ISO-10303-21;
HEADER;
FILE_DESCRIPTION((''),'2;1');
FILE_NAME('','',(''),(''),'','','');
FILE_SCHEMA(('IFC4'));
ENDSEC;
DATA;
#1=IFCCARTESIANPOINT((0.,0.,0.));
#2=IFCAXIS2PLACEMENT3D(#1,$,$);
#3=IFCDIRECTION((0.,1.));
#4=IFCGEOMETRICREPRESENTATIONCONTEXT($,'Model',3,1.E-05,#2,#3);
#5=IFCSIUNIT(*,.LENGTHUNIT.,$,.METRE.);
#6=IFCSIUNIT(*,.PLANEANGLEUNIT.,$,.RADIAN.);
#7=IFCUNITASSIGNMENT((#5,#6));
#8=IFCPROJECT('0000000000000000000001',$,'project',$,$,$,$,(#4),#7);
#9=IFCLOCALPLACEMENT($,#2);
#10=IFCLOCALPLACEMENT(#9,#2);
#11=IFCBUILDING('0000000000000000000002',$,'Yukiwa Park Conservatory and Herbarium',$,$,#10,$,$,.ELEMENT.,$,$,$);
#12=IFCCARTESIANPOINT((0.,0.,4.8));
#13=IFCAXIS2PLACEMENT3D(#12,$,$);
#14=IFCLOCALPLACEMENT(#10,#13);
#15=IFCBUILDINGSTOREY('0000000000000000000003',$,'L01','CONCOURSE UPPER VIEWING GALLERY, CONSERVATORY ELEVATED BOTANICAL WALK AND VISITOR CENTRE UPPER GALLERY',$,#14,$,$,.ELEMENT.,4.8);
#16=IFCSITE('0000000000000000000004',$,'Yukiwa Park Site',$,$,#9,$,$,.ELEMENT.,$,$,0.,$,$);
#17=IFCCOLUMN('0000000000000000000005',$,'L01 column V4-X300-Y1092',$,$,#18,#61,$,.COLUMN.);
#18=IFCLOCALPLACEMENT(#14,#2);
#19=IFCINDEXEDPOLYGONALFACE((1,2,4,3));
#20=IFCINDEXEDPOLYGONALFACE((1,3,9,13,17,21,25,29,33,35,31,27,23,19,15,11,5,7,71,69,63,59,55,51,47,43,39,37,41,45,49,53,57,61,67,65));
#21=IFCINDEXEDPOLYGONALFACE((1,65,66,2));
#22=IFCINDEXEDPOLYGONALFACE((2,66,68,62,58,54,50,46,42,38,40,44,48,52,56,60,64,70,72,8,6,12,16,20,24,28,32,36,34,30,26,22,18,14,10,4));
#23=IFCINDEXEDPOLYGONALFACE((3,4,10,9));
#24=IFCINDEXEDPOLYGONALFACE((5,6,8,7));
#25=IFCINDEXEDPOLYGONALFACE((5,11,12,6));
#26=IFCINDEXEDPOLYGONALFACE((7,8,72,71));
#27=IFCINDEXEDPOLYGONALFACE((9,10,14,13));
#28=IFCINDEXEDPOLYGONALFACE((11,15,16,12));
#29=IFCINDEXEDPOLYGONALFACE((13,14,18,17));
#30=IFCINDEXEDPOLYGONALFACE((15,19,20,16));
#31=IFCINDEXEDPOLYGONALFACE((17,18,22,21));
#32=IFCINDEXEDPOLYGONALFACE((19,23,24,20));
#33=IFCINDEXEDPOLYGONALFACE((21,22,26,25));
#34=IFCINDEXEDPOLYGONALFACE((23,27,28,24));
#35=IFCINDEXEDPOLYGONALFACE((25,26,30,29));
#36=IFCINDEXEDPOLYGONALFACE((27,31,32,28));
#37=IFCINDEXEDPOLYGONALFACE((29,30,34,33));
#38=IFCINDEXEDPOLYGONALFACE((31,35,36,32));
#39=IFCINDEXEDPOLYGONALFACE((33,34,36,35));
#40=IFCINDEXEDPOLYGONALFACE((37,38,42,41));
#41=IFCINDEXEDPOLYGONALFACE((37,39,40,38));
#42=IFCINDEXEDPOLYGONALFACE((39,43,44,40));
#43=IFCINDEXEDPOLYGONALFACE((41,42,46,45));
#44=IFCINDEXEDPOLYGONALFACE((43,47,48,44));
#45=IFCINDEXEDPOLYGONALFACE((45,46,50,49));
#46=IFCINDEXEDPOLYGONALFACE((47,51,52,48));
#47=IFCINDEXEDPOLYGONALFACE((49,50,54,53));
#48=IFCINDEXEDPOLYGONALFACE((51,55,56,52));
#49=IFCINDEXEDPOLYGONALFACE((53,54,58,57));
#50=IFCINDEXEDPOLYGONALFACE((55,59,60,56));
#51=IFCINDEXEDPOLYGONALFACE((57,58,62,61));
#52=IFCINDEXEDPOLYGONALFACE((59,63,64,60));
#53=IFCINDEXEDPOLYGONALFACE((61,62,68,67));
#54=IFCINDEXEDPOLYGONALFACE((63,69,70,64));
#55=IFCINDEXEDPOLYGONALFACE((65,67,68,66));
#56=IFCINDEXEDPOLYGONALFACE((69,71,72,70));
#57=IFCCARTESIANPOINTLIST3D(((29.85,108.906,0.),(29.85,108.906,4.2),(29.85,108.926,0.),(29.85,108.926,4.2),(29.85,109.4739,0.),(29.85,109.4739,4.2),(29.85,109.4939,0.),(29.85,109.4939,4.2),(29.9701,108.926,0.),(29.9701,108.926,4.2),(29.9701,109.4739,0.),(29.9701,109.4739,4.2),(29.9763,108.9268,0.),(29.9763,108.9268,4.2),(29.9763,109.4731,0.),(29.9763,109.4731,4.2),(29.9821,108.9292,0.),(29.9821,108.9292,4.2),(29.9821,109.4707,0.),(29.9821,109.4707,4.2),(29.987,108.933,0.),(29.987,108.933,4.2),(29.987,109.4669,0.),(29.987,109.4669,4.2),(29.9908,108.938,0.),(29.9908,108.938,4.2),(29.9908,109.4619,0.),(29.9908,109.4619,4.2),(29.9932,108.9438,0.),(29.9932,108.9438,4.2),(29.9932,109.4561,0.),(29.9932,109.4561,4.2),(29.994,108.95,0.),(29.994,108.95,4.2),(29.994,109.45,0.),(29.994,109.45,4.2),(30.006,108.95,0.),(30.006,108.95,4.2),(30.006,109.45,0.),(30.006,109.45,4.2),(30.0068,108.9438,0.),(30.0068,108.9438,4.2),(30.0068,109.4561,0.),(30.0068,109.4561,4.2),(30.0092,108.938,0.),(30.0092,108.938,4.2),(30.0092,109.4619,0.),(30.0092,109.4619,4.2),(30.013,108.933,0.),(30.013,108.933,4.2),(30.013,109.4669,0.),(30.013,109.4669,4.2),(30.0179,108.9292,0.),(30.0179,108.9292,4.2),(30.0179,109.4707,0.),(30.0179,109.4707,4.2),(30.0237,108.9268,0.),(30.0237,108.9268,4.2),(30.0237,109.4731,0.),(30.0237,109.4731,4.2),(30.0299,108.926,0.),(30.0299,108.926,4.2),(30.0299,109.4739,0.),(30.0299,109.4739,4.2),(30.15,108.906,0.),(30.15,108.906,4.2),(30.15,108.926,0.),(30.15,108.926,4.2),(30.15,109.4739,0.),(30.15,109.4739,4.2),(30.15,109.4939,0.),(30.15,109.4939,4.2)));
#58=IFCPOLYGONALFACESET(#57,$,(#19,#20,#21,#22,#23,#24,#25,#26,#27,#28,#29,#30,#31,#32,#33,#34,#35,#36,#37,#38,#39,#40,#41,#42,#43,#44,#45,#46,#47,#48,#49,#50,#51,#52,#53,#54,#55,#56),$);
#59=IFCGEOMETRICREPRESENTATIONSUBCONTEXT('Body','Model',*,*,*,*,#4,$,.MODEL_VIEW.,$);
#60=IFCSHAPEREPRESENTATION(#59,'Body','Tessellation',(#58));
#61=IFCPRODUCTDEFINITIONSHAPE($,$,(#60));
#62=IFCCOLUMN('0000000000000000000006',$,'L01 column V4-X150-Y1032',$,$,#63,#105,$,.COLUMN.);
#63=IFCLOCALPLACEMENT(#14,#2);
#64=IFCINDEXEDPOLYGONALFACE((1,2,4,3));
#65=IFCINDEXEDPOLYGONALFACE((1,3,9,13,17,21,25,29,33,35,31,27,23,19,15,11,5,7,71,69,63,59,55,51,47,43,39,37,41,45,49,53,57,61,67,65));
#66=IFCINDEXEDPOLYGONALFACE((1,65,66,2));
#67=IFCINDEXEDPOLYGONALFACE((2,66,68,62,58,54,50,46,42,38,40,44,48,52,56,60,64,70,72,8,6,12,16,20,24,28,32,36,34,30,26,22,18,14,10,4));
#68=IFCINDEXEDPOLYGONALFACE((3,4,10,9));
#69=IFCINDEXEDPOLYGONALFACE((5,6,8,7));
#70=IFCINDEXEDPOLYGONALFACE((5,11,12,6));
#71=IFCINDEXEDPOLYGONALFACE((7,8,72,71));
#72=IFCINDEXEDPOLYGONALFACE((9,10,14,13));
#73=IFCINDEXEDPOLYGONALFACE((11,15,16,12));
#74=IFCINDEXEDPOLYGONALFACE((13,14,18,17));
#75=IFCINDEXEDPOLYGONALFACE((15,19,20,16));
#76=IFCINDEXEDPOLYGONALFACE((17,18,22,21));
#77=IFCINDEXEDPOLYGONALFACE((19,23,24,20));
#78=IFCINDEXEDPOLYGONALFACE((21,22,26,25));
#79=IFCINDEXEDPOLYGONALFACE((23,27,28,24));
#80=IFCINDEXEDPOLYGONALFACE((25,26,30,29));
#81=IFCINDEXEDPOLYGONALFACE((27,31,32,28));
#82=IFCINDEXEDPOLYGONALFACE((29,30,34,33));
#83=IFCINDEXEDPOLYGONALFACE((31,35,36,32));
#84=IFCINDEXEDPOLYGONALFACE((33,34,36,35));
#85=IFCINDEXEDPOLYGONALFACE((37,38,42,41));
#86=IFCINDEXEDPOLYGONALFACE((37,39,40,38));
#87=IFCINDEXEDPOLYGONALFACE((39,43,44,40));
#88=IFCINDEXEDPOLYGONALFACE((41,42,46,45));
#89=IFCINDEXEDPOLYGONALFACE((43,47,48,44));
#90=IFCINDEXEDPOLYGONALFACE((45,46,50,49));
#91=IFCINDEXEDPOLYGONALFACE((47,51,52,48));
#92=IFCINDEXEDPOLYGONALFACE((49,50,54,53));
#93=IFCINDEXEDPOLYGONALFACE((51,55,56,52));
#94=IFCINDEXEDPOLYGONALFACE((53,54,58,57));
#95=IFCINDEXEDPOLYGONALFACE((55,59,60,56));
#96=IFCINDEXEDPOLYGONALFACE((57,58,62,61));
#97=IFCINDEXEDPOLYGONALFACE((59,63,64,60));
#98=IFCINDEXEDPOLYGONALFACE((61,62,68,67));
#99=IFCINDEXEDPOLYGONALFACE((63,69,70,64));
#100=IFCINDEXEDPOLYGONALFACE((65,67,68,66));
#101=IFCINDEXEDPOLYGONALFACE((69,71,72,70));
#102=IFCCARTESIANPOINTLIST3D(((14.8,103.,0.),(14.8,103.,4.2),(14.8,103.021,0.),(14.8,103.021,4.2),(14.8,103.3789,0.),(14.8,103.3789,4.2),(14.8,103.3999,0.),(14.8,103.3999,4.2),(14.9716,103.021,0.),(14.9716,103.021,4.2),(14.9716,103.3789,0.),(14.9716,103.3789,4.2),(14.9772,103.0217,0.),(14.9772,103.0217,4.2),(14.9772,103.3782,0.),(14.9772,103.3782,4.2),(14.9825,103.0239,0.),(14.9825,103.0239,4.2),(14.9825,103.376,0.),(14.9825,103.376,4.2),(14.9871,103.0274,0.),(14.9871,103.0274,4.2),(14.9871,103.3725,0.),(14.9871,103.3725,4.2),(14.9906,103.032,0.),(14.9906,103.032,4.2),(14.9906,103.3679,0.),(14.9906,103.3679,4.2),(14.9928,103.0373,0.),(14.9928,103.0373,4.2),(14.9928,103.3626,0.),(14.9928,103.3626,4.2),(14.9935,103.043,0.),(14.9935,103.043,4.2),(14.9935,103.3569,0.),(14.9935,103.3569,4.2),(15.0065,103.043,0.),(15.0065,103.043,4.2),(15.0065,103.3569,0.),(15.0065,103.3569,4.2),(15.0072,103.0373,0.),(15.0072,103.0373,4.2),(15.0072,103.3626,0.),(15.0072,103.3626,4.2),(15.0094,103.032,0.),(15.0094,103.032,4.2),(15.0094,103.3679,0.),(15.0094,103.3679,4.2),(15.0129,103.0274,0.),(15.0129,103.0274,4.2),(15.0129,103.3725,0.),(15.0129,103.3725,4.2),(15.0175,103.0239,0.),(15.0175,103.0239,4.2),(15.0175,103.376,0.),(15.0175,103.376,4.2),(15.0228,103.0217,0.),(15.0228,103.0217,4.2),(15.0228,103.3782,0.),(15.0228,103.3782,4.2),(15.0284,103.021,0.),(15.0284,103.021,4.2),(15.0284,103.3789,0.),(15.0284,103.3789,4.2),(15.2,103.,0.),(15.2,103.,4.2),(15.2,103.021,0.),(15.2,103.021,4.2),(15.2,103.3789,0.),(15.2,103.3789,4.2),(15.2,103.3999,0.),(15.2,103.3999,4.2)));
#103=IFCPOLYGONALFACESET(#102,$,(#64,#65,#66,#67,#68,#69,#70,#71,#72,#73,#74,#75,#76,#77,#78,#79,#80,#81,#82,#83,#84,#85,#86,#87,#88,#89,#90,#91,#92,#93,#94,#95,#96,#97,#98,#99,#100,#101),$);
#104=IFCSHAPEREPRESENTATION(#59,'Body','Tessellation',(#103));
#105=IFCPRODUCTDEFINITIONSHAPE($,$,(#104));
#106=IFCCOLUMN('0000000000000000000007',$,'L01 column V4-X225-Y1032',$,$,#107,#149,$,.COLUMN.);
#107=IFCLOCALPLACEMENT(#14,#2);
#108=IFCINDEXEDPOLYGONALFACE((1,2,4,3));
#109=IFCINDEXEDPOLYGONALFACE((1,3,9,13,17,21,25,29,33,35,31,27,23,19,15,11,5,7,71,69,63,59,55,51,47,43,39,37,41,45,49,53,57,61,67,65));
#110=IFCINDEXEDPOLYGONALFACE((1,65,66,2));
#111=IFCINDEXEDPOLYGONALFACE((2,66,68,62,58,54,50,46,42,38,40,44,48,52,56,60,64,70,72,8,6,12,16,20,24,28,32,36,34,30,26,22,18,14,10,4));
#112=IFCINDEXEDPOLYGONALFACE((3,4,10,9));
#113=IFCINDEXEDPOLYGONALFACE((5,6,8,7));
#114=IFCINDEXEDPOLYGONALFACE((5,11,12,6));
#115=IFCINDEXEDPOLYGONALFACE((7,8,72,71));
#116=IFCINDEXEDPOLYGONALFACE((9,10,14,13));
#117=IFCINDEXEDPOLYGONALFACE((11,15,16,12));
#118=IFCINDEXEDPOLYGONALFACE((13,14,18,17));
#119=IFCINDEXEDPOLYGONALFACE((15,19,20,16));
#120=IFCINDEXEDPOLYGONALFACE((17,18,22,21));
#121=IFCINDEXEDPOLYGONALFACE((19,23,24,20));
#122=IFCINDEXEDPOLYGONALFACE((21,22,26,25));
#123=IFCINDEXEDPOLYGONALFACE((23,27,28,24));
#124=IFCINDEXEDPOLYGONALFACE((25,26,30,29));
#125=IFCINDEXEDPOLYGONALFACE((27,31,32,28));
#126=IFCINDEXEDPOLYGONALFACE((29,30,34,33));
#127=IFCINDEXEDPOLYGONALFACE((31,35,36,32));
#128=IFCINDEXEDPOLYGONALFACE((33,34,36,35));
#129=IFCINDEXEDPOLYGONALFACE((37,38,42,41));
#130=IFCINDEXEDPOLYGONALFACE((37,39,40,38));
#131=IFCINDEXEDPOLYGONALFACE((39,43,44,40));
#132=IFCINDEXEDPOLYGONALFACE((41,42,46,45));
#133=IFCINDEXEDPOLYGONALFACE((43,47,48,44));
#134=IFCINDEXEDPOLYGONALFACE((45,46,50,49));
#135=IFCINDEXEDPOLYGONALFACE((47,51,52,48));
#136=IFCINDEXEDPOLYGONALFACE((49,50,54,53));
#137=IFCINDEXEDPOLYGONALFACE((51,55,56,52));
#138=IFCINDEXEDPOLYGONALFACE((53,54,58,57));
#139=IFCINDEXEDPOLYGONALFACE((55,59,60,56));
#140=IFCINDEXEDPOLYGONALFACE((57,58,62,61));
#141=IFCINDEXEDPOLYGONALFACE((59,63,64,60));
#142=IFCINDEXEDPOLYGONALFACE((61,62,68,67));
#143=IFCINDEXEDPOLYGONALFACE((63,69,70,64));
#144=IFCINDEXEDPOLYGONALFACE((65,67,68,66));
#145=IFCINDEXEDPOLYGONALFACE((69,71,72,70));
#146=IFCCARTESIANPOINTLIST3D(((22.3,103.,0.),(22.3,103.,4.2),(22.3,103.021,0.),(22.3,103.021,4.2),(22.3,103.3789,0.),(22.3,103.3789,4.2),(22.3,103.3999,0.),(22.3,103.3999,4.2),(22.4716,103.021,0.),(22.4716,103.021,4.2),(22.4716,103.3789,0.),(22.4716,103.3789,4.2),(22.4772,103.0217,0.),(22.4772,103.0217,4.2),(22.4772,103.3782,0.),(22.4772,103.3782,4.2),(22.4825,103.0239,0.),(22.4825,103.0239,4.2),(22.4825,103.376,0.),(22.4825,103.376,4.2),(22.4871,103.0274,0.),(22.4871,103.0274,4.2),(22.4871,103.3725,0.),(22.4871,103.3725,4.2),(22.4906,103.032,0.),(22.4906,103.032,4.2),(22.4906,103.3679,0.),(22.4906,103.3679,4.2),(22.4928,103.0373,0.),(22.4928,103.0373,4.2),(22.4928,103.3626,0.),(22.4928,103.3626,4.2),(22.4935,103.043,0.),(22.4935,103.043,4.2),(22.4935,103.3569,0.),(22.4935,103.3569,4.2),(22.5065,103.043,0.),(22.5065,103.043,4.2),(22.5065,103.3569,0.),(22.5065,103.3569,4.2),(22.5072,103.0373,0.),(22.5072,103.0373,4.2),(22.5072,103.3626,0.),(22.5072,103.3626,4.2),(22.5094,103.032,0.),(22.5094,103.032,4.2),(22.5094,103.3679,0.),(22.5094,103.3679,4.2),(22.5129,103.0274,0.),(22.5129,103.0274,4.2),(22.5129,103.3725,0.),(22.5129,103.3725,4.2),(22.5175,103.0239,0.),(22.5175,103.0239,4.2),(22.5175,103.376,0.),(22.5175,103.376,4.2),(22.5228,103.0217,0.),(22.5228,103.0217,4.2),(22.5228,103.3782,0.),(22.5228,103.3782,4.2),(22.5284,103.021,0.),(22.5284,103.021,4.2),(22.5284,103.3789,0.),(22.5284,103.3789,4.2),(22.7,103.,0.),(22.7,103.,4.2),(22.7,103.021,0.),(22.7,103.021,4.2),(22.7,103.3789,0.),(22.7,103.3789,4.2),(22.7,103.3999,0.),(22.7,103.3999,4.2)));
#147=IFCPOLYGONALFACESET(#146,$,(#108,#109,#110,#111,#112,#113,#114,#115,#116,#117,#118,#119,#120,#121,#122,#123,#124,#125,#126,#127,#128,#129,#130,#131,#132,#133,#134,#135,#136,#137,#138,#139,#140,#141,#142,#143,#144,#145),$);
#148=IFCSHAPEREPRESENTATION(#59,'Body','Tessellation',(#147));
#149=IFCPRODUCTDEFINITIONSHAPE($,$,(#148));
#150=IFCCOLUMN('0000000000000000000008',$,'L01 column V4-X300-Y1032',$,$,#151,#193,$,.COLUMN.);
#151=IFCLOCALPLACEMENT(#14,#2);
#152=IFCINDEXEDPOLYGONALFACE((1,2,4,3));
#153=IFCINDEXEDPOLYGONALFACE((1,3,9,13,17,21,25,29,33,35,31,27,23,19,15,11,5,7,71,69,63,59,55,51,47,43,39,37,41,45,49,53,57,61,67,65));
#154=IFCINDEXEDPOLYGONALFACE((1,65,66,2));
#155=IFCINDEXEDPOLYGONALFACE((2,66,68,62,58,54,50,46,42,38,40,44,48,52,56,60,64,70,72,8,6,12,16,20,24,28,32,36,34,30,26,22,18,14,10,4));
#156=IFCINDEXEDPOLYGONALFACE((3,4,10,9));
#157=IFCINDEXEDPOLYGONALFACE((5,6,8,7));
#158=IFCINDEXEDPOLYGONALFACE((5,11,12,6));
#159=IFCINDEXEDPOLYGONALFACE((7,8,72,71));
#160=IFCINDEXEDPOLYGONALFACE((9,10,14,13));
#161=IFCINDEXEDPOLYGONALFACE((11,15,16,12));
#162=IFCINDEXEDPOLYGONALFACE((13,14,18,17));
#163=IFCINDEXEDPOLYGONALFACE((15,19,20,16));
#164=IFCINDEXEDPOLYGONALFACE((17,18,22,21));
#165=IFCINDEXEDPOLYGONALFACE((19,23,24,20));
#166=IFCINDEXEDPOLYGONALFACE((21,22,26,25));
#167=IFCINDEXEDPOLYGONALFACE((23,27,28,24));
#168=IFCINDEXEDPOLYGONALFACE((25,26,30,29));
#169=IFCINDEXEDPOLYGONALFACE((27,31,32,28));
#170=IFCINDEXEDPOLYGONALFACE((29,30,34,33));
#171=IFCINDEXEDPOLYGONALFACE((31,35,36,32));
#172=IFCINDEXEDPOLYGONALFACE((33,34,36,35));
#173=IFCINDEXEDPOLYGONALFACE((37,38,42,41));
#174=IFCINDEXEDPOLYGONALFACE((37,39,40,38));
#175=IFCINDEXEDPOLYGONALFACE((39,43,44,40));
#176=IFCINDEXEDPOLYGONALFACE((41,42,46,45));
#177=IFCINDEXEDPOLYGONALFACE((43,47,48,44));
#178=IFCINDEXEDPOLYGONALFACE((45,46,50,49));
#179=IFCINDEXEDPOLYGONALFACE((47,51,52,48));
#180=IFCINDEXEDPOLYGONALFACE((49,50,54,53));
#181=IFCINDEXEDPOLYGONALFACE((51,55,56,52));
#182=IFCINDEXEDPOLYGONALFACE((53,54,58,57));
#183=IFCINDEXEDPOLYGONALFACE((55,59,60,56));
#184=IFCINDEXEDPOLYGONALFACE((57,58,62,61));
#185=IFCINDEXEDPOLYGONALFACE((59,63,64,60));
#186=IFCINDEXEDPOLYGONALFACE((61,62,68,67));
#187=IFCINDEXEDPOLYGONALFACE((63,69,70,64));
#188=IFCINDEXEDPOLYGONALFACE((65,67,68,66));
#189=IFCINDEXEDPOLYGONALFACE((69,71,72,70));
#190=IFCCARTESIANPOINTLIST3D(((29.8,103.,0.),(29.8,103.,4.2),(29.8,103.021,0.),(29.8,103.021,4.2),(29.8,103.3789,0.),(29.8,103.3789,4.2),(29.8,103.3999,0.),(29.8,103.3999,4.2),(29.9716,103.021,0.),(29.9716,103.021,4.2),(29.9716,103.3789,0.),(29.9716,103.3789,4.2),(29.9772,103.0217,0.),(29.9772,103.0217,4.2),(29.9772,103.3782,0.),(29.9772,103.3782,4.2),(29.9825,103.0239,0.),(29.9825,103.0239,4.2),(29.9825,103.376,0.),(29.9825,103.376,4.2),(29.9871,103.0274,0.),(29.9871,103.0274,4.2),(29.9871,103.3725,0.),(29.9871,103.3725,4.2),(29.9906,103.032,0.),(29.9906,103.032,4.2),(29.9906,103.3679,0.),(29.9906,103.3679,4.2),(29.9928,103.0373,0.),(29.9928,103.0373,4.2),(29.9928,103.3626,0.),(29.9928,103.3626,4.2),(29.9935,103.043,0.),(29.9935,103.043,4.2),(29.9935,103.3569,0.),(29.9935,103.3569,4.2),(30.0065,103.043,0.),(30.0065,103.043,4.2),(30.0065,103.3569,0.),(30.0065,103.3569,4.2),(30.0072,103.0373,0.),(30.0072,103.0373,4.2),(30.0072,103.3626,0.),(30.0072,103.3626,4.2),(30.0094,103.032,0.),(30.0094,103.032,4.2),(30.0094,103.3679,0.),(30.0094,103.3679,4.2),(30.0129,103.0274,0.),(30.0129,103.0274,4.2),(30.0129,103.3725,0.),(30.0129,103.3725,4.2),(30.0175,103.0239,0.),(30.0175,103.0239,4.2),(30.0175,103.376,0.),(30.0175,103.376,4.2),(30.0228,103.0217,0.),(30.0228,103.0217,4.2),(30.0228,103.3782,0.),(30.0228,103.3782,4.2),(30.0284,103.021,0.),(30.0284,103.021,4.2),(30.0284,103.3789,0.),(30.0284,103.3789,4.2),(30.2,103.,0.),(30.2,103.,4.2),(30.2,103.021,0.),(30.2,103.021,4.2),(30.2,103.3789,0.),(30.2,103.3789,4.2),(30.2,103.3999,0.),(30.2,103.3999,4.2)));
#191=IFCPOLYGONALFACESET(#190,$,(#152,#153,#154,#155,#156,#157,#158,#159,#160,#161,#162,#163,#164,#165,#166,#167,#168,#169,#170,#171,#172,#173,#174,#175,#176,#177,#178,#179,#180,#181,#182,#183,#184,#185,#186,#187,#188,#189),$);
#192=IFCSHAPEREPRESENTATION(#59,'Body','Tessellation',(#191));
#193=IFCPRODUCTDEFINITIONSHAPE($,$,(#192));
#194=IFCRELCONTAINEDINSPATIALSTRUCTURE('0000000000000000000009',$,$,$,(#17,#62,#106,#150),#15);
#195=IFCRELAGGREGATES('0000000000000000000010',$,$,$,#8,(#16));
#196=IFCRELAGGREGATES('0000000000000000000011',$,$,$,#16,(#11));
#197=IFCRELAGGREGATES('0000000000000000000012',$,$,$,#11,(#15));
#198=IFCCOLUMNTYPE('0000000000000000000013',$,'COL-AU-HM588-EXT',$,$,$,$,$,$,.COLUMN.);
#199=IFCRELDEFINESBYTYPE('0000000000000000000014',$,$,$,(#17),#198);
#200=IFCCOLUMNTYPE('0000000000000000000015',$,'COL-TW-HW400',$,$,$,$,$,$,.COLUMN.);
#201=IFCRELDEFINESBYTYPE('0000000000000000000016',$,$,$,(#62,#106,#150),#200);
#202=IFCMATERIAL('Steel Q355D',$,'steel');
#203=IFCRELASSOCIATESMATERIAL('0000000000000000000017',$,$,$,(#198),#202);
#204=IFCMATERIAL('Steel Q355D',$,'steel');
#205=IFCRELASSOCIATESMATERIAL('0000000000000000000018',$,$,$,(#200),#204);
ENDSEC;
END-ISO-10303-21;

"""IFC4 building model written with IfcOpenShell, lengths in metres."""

from ifc_helpers import new_model, si_unit, direction, frame, origin, origin_2d, place, context, subcontext, project, spatial, i_section, extrude, material, material_profile, profile_set, type_object, element, save


model = new_model("IFC4")

# Units and contexts
model_context = context("Model", 3, precision=1e-05, world=origin(), true_north=direction((0.0, 1.0)))
body_context = subcontext(model_context, "Body", "Model", "MODEL_VIEW")
ifc_project = project(units=[si_unit("LENGTHUNIT", "METRE"), si_unit("PLANEANGLEUNIT", "RADIAN")], contexts=[model_context])

# Site, building, storey
site_placement = place(None, origin())
site = spatial("IfcSite", under=ifc_project, at=site_placement, Name="Yukiwa Park Site", CompositionType="ELEMENT", RefElevation=0.0)
building_placement = place(site_placement, origin())
building = spatial("IfcBuilding", under=site, at=building_placement, Name="Yukiwa Park Conservatory and Herbarium", CompositionType="ELEMENT")
storey_placement = place(building_placement, frame((0.0, 0.0, 4.8)))
storey = spatial("IfcBuildingStorey", under=building, at=storey_placement, Name="L01", Description="CONCOURSE UPPER VIEWING GALLERY, CONSERVATORY ELEVATED BOTANICAL WALK AND VISITOR CENTRE UPPER GALLERY", CompositionType="ELEMENT", Elevation=4.8)

# Columns
ifc_material_1 = material(Name="Steel Q355D", Category="steel")
ifc_material_profile_1 = material_profile(ifc_material_1, i_section(OverallWidth=0.3, OverallDepth=0.5879, WebThickness=0.012, FlangeThickness=0.02, FilletRadius=0.0239, at=origin_2d()), Name="HM 588x300x12x20")
ifc_profile_set_1 = profile_set([ifc_material_profile_1], Name="Steel Q355D")
column_type_1 = type_object("IfcColumnType", Name="COL-AU-HM588-EXT", PredefinedType="COLUMN", material=ifc_profile_set_1)
for number, where, z_axis, x_axis, name in (
    (1, (30.0, 109.2, 0.0), (0.0, 0.0, 1.0), (1.0, 0.0, 0.0), "L01 column V4-X300-Y1092"),
):
    element("IfcColumn", number, at=place(storey_placement, frame(where, z_axis=z_axis, x_axis=x_axis)), inside=storey, type_object=column_type_1, Name=name, PredefinedType="COLUMN", context=body_context, shape_type="SweptSolid", body=[
        extrude(i_section(OverallWidth=0.3, OverallDepth=0.5879, WebThickness=0.012, FlangeThickness=0.02, FilletRadius=0.0239, at=origin_2d()), origin(), (0.0, 0.0, 1.0), 4.2),
    ])
ifc_material_2 = material(Name="Steel Q355D", Category="steel")
ifc_material_profile_2 = material_profile(ifc_material_2, i_section(OverallWidth=0.3999, OverallDepth=0.3999, WebThickness=0.0129, FlangeThickness=0.021, FilletRadius=0.022, at=origin_2d()), Name="HW 400x400x13x21")
ifc_profile_set_2 = profile_set([ifc_material_profile_2], Name="Steel Q355D")
column_type_2 = type_object("IfcColumnType", Name="COL-TW-HW400", PredefinedType="COLUMN", material=ifc_profile_set_2)
for number, where, z_axis, x_axis, name in (
    (2, (15.0, 103.2, 0.0), (0.0, 0.0, 1.0), (1.0, 0.0, 0.0), "L01 column V4-X150-Y1032"),
    (3, (22.5, 103.2, 0.0), (0.0, 0.0, 1.0), (1.0, 0.0, 0.0), "L01 column V4-X225-Y1032"),
    (4, (30.0, 103.2, 0.0), (0.0, 0.0, 1.0), (1.0, 0.0, 0.0), "L01 column V4-X300-Y1032"),
):
    element("IfcColumn", number, at=place(storey_placement, frame(where, z_axis=z_axis, x_axis=x_axis)), inside=storey, type_object=column_type_2, Name=name, PredefinedType="COLUMN", context=body_context, shape_type="SweptSolid", body=[
        extrude(i_section(OverallWidth=0.3999, OverallDepth=0.3999, WebThickness=0.0129, FlangeThickness=0.021, FilletRadius=0.022, at=origin_2d()), origin(), (0.0, 0.0, 1.0), 4.2),
    ])

save(model, "model.ifc")
